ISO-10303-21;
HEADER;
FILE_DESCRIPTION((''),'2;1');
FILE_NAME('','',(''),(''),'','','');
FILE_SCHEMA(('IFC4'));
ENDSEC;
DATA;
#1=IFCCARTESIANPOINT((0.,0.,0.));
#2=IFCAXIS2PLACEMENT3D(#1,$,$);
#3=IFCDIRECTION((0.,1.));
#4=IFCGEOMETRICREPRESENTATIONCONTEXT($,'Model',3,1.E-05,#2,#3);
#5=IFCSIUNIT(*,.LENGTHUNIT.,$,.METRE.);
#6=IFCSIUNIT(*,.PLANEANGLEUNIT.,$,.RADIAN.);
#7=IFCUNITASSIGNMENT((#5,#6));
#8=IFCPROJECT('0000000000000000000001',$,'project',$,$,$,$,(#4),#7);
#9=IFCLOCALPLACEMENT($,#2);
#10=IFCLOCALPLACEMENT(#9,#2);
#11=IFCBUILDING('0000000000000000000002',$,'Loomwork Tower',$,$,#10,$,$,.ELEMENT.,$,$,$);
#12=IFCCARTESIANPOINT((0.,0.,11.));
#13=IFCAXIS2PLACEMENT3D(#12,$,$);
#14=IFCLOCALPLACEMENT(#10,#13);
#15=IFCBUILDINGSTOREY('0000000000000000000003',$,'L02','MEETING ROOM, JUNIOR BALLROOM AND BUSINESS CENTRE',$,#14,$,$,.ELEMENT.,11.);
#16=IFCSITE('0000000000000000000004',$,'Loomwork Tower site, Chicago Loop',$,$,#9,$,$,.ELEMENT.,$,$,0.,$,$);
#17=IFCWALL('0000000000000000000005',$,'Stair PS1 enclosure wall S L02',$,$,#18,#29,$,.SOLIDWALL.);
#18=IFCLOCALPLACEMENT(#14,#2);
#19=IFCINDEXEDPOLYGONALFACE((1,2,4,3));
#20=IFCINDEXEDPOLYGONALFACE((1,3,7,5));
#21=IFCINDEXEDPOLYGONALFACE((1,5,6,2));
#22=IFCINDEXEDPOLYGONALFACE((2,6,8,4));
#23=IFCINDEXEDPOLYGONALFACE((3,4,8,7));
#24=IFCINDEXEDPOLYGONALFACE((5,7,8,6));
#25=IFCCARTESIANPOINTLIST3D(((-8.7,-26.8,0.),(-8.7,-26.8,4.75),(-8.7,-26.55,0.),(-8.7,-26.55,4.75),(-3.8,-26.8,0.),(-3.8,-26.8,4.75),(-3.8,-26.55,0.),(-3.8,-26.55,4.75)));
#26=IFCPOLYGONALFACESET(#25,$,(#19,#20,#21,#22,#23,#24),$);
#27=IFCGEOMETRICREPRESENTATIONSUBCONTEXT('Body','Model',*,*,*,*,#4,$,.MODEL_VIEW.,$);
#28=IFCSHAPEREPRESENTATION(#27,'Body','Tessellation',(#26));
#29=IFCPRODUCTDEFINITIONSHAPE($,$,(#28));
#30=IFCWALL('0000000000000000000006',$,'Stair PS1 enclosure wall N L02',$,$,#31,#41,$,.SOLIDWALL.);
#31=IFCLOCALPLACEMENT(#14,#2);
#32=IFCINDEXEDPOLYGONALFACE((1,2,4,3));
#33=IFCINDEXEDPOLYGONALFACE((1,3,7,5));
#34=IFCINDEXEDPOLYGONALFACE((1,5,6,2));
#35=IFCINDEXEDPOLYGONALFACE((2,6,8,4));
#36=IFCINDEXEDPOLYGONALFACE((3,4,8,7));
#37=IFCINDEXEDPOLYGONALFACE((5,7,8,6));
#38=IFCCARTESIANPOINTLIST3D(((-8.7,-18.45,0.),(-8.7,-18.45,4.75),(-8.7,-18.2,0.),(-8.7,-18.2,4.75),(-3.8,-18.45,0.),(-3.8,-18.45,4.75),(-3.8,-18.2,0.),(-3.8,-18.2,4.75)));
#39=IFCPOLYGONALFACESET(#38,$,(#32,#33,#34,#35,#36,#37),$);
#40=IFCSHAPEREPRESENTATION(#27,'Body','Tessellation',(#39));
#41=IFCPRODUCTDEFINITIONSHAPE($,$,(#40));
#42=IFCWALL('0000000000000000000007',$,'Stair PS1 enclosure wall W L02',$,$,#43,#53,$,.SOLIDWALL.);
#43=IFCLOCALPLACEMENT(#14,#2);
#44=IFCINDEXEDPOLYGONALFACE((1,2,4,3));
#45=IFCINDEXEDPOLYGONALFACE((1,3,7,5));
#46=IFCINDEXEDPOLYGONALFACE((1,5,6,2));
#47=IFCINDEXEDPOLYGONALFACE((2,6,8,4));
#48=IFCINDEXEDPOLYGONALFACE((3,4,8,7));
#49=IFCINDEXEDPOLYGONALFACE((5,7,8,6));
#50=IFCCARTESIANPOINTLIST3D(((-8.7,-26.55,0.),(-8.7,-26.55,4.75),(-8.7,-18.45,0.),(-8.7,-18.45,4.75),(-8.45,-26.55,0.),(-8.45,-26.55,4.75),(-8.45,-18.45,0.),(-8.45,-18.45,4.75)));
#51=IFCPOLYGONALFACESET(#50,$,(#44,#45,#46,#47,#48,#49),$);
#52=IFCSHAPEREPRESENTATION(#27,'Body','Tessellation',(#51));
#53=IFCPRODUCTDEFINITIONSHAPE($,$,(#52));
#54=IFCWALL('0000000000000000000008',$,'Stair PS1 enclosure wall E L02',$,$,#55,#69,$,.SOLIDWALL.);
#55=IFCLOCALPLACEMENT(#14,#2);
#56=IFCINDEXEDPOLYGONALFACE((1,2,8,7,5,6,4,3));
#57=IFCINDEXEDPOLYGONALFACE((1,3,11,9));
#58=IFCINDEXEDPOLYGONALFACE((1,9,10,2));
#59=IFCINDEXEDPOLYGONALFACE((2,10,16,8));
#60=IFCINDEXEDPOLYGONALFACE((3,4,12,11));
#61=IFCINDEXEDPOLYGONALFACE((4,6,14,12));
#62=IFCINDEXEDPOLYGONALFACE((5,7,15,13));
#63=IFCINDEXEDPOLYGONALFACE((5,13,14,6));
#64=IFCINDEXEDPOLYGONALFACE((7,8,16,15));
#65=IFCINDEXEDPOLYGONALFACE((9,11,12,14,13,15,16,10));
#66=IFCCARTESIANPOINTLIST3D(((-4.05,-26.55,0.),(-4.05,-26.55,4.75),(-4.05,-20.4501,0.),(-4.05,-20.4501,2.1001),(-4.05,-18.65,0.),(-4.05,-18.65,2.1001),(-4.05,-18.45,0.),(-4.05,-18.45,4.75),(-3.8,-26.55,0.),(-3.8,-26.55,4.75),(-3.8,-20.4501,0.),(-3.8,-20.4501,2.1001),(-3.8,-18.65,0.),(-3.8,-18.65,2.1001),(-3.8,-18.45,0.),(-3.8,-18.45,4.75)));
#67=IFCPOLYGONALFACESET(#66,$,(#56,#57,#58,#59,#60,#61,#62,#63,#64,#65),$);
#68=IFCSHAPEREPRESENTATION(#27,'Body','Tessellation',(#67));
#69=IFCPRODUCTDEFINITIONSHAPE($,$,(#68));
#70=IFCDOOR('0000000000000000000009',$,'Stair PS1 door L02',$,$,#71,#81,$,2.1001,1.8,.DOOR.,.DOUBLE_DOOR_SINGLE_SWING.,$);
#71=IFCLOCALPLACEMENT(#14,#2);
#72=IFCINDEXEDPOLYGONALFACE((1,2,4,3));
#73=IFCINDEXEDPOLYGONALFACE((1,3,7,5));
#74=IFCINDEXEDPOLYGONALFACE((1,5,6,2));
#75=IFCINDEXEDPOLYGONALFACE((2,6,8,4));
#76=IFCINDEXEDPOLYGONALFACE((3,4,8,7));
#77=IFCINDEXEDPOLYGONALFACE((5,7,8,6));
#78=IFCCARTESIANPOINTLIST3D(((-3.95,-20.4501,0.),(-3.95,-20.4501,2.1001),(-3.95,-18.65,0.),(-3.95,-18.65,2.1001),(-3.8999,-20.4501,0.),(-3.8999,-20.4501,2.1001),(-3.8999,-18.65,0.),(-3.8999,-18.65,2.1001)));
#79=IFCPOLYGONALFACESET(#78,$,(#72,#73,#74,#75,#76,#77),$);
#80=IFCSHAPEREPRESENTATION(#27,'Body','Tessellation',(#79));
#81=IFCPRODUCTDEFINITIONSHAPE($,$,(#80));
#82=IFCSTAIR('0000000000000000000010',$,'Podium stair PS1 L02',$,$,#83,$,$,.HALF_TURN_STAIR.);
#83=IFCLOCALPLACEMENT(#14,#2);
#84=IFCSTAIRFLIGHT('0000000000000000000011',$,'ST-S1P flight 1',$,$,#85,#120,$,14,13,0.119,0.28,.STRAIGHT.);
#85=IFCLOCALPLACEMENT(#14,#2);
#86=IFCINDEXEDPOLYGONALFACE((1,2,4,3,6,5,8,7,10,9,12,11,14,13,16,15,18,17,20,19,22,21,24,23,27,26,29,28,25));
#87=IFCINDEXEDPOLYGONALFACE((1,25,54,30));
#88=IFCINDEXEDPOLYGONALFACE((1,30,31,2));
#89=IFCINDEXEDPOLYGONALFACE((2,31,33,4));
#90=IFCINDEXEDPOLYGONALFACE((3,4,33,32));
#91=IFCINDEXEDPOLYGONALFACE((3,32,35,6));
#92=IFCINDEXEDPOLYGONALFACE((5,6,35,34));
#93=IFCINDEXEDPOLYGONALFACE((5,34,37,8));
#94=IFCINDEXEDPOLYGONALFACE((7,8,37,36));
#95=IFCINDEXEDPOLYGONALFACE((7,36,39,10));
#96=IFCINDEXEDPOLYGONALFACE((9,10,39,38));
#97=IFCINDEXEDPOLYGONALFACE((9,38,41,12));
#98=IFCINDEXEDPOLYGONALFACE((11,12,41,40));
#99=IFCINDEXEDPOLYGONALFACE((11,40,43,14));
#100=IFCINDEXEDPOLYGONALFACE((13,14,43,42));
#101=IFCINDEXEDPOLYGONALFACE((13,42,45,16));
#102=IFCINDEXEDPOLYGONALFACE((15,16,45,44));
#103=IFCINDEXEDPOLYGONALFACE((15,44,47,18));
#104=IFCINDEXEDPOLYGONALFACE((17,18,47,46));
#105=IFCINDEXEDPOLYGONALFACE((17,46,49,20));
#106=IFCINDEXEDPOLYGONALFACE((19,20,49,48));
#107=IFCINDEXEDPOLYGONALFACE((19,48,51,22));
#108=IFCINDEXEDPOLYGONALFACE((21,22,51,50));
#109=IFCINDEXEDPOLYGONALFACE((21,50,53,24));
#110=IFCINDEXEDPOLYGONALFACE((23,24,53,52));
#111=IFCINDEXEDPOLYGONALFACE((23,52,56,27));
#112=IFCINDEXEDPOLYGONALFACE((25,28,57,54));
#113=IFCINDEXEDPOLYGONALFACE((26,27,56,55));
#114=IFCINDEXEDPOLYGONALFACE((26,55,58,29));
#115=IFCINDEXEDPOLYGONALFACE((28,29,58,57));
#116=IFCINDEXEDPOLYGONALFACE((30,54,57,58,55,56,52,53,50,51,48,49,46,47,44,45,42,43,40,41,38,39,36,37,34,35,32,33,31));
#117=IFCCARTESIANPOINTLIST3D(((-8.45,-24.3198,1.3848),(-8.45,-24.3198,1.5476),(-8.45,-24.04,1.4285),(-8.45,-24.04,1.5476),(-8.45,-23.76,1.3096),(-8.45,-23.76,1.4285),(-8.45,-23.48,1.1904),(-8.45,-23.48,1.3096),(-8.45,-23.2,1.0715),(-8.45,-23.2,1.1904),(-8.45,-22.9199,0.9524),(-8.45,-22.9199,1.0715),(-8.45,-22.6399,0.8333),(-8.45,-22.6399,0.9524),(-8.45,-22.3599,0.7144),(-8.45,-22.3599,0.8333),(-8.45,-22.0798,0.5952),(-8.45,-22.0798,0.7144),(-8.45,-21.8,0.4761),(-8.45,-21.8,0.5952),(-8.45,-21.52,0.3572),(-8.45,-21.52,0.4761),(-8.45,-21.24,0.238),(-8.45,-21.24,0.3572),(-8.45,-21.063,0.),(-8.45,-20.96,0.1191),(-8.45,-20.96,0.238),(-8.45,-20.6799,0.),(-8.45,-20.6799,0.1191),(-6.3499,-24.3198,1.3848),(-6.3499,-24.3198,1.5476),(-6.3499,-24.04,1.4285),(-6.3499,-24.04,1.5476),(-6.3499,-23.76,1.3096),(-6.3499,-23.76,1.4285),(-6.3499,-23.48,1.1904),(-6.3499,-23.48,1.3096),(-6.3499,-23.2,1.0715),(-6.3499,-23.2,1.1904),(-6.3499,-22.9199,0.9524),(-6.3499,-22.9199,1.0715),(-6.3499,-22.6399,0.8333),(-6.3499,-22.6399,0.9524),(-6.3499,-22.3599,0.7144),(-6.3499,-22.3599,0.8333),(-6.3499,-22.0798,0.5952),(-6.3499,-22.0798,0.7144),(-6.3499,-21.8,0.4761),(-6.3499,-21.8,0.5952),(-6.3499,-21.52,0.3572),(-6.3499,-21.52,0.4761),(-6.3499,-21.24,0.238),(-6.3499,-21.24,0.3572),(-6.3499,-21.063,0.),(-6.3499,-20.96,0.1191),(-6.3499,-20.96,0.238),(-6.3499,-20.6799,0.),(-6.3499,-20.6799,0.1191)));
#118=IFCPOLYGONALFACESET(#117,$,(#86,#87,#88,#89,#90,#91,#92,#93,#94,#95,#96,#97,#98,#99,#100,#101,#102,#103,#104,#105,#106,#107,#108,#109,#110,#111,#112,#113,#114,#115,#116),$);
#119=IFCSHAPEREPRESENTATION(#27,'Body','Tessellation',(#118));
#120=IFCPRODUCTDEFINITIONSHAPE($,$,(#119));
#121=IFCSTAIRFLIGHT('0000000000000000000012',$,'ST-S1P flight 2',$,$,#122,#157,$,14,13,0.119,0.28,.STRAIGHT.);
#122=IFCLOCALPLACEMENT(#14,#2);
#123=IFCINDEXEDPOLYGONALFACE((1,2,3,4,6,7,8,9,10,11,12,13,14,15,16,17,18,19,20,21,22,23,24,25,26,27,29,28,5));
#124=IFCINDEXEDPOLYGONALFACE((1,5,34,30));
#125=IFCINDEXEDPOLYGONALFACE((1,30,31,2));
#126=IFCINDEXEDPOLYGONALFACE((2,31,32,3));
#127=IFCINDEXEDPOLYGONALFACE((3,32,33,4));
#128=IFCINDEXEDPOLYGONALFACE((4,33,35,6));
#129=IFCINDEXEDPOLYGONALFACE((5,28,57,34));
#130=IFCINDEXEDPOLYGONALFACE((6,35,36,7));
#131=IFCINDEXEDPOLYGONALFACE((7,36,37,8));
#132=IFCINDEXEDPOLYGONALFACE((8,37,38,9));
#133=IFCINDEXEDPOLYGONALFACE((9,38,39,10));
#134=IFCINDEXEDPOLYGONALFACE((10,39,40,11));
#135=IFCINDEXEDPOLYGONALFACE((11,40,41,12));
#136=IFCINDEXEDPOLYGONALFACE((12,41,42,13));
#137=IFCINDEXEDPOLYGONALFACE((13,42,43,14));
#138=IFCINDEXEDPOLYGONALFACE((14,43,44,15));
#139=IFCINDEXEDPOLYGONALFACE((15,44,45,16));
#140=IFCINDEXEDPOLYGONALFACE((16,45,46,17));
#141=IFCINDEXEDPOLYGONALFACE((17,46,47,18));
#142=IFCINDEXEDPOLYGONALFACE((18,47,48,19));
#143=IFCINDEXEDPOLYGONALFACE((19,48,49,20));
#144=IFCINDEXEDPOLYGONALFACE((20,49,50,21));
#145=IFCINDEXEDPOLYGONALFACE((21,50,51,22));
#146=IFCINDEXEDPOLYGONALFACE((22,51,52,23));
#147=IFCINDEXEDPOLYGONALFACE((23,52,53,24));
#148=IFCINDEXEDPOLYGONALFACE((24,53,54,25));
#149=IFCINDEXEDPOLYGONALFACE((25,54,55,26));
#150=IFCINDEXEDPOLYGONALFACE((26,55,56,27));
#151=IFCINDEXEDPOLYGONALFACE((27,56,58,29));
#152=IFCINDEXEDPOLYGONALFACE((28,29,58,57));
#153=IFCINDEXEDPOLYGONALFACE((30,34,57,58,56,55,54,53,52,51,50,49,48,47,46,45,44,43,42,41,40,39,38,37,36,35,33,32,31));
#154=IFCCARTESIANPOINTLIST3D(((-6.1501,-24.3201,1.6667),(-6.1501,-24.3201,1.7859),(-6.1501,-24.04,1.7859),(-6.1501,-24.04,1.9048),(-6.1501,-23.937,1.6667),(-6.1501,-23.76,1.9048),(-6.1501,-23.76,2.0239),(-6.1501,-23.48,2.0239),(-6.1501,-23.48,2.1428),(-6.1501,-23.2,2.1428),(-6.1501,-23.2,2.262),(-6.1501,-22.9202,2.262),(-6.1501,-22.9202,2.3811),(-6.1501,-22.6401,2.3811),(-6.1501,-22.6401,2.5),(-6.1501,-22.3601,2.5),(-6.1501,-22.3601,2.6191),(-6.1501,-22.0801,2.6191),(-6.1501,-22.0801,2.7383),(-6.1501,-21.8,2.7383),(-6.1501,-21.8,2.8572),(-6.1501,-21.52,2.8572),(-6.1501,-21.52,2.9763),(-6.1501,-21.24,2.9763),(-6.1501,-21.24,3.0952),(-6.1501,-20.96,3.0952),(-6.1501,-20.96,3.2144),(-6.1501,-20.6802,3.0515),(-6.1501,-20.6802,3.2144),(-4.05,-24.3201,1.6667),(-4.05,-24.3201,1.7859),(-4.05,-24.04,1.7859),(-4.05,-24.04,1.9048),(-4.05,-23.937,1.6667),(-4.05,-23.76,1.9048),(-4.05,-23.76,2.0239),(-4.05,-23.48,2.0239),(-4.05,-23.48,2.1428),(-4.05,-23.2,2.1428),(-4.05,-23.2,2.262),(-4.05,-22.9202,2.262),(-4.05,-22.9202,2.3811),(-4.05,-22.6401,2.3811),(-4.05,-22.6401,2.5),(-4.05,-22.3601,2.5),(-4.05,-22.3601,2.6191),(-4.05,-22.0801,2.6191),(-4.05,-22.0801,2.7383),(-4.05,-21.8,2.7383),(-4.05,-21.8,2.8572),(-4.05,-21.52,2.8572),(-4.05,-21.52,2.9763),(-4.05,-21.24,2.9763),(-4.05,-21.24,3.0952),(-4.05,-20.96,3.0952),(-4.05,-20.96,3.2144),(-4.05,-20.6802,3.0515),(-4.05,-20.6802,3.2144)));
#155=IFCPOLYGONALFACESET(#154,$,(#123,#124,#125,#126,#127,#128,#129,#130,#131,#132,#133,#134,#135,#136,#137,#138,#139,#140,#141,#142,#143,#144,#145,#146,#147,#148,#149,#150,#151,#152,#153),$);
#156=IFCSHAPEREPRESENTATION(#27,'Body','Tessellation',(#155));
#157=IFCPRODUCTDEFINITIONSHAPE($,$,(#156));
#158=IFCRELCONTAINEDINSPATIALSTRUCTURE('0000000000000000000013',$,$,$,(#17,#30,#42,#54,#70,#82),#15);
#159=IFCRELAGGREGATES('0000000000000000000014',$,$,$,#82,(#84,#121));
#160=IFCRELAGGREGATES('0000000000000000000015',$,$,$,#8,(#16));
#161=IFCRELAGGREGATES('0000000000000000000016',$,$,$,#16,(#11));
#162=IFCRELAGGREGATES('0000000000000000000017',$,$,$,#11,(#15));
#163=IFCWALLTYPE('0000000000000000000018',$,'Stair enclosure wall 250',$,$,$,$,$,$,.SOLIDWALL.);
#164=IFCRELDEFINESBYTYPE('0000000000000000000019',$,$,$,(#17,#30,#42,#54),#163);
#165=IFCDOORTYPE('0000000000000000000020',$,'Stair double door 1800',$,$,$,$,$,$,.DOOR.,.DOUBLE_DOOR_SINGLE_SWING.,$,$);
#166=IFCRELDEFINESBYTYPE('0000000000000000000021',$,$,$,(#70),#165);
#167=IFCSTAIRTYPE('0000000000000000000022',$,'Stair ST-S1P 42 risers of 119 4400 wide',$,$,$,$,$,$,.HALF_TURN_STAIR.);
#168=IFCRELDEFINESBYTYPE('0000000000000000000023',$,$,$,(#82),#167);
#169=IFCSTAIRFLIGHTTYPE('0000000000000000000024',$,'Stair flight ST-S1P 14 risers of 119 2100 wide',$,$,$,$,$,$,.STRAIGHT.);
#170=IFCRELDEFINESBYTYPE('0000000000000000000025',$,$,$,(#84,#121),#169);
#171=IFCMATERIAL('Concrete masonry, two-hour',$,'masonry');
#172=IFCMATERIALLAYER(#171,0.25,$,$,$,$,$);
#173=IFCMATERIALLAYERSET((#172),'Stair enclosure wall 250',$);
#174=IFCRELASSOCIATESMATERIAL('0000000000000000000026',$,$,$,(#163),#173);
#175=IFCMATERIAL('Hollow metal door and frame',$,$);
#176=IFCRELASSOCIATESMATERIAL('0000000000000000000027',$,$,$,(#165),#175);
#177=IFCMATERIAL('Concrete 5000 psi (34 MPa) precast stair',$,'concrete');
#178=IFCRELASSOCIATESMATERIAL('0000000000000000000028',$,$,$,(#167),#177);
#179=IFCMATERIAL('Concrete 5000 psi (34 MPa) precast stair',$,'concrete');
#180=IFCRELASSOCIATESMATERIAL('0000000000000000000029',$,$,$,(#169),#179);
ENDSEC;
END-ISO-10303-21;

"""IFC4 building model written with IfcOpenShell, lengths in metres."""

from ifc_helpers import new_model, si_unit, direction, frame, frame_2d, origin, place, context, subcontext, project, spatial, polyline, rectangle, outline, extrude, material, layer, layer_set, type_object, element, fill, aggregate, save


model = new_model("IFC4")

# Units and contexts
model_context = context("Model", 3, precision=1e-05, world=origin(), true_north=direction((0.0, 1.0)))
body_context = subcontext(model_context, "Body", "Model", "MODEL_VIEW")
ifc_project = project(units=[si_unit("LENGTHUNIT", "METRE"), si_unit("PLANEANGLEUNIT", "RADIAN")], contexts=[model_context])

# Site, building, storey
site_placement = place(None, origin())
site = spatial("IfcSite", under=ifc_project, at=site_placement, Name="Loomwork Tower site, Chicago Loop", CompositionType="ELEMENT", RefElevation=0.0)
building_placement = place(site_placement, origin())
building = spatial("IfcBuilding", under=site, at=building_placement, Name="Loomwork Tower", CompositionType="ELEMENT")
storey_placement = place(building_placement, frame((0.0, 0.0, 11.0)))
storey = spatial("IfcBuildingStorey", under=building, at=storey_placement, Name="L02", Description="MEETING ROOM, JUNIOR BALLROOM AND BUSINESS CENTRE", CompositionType="ELEMENT", Elevation=11.0)

# Walls
ifc_material_1 = material(Name="Concrete masonry, two-hour", Category="masonry")
ifc_layer_1 = layer(ifc_material_1, 0.25)
ifc_layer_set_1 = layer_set([ifc_layer_1], Name="Stair enclosure wall 250")
wall_type_1 = type_object("IfcWallType", Name="Stair enclosure wall 250", PredefinedType="SOLIDWALL", material=ifc_layer_set_1)
for number, where, z_axis, x_axis, name in (
    (1, (-8.7, -26.675, 0.0), (0.0, 0.0, 1.0), (1.0, 0.0, 0.0), "Stair PS1 enclosure wall S L02"),
    (2, (-8.7, -18.325, 0.0), (0.0, 0.0, 1.0), (1.0, 0.0, 0.0), "Stair PS1 enclosure wall N L02"),
):
    element("IfcWall", number, at=place(storey_placement, frame(where, z_axis=z_axis, x_axis=x_axis)), inside=storey, type_object=wall_type_1, Name=name, PredefinedType="SOLIDWALL", context=body_context, shape_type="SweptSolid", body=[
        extrude(rectangle(XDim=4.8999, YDim=0.25, at=frame_2d((2.45, 0.0))), origin(), (0.0, 0.0, 1.0), 4.75),
    ])
wall_1_placement = place(storey_placement, frame((-8.575, -26.55, 0.0), z_axis=(0.0, 0.0, 1.0), x_axis=(0.0, 1.0, 0.0)))
element("IfcWall", 3, at=wall_1_placement, inside=storey, type_object=wall_type_1, Name="Stair PS1 enclosure wall W L02", PredefinedType="SOLIDWALL", context=body_context, shape_type="SweptSolid", body=[
    extrude(rectangle(XDim=8.1001, YDim=0.25, at=frame_2d((4.05, 0.0))), origin(), (0.0, 0.0, 1.0), 4.75),
])

# Wall, opening, door
wall_2_placement = place(storey_placement, frame((-3.925, -26.55, 0.0), z_axis=(0.0, 0.0, 1.0), x_axis=(0.0, 1.0, 0.0)))
wall_2 = element("IfcWall", 4, at=wall_2_placement, inside=storey, type_object=wall_type_1, Name="Stair PS1 enclosure wall E L02", PredefinedType="SOLIDWALL", context=body_context, shape_type="SweptSolid", body=[
    extrude(rectangle(XDim=8.1001, YDim=0.25, at=frame_2d((4.05, 0.0))), origin(), (0.0, 0.0, 1.0), 4.75),
])
opening_1_placement = place(wall_2_placement, frame((6.1001, 0.0, 0.0)))
opening_1 = element("IfcOpeningElement", 5, at=opening_1_placement, cuts=wall_2, PredefinedType="OPENING", context=body_context, shape_type="SweptSolid", body=[
    extrude(rectangle(XDim=1.8, YDim=2.1001, at=frame_2d((0.8999, 1.05))), frame((0.0, 0.135, 0.0), z_axis=(0.0, -1.0, 0.0), x_axis=(1.0, 0.0, 0.0)), (0.0, 0.0, 1.0), 0.27),
])
ifc_material_2 = material(Name="Hollow metal door and frame")
door_type = type_object("IfcDoorType", Name="Stair double door 1800", OperationType="DOUBLE_DOOR_SINGLE_SWING", PredefinedType="DOOR", material=ifc_material_2)
door_placement = place(opening_1_placement, origin())
door = element("IfcDoor", 6, at=door_placement, inside=storey, type_object=door_type, Name="Stair PS1 door L02", OperationType="DOUBLE_DOOR_SINGLE_SWING", OverallHeight=2.1001, OverallWidth=1.8, PredefinedType="DOOR", context=body_context, shape_type="SweptSolid", body=[
    extrude(rectangle(XDim=1.8, YDim=2.1001, at=frame_2d((0.8999, 1.05))), frame((0.0, 0.0249, 0.0), z_axis=(0.0, -1.0, 0.0), x_axis=(1.0, 0.0, 0.0)), (0.0, 0.0, 1.0), 0.05),
])
fill(opening_1, door)

# Stair, stair flights
ifc_material_3 = material(Name="Concrete 5000 psi (34 MPa) precast stair", Category="concrete")
stair_type = type_object("IfcStairType", Name="Stair ST-S1P 42 risers of 119 4400 wide", PredefinedType="HALF_TURN_STAIR", material=ifc_material_3)
stair_placement = place(storey_placement, origin())
stair = element("IfcStair", 7, at=stair_placement, inside=storey, type_object=stair_type, Name="Podium stair PS1 L02", PredefinedType="HALF_TURN_STAIR")
ifc_material_4 = material(Name="Concrete 5000 psi (34 MPa) precast stair", Category="concrete")
stair_flight_type = type_object("IfcStairFlightType", Name="Stair flight ST-S1P 14 risers of 119 2100 wide", PredefinedType="STRAIGHT", material=ifc_material_4)
stair_flight_1_placement = place(storey_placement, frame((-7.3999, -20.6799, 0.0), z_axis=(0.0, 0.0, 1.0), x_axis=(0.0, -1.0, 0.0)))
stair_flight_1 = element("IfcStairFlight", 8, at=stair_flight_1_placement, type_object=stair_flight_type, Name="ST-S1P flight 1", NumberOfRisers=14, NumberOfTreads=13, PredefinedType="STRAIGHT", RiserHeight=0.119, TreadLength=0.28, context=body_context, shape_type="SweptSolid", body=[
    extrude(outline(polyline([(0.0, 0.0), (0.0, 0.1191), (0.28, 0.1191), (0.28, 0.238), (0.5601, 0.238), (0.5601, 0.3572), (0.8401, 0.3572), (0.8401, 0.4761), (1.1201, 0.4761), (1.1201, 0.5952), (1.3999, 0.5952), (1.3999, 0.7144), (1.6799, 0.7144), (1.6799, 0.8333), (1.96, 0.8333), (1.96, 0.9524), (2.24, 0.9524), (2.24, 1.0715), (2.52, 1.0715), (2.52, 1.1904), (2.8, 1.1904), (2.8, 1.3096), (3.0801, 1.3096), (3.0801, 1.4285), (3.3601, 1.4285), (3.3601, 1.5476), (3.6399, 1.5476), (3.6399, 1.6667), (3.6399, 1.3848), (0.3831, 0.0), (0.0, 0.0)])), frame((0.0, 1.05, 0.0), z_axis=(0.0, -1.0, 0.0), x_axis=(1.0, 0.0, 0.0)), (0.0, 0.0, 1.0), 2.1001),
])
stair_flight_2_placement = place(storey_placement, frame((-5.1001, -24.3201, 1.6667), z_axis=(0.0, 0.0, 1.0), x_axis=(0.0, 1.0, 0.0)))
stair_flight_2 = element("IfcStairFlight", 9, at=stair_flight_2_placement, type_object=stair_flight_type, Name="ST-S1P flight 2", NumberOfRisers=14, NumberOfTreads=13, PredefinedType="STRAIGHT", RiserHeight=0.119, TreadLength=0.28, context=body_context, shape_type="SweptSolid", body=[
    extrude(outline(polyline([(0.0, 0.0), (0.0, 0.1191), (0.28, 0.1191), (0.28, 0.238), (0.5601, 0.238), (0.5601, 0.3572), (0.8401, 0.3572), (0.8401, 0.4761), (1.1201, 0.4761), (1.1201, 0.5952), (1.3999, 0.5952), (1.3999, 0.7144), (1.6799, 0.7144), (1.6799, 0.8333), (1.96, 0.8333), (1.96, 0.9524), (2.24, 0.9524), (2.24, 1.0715), (2.52, 1.0715), (2.52, 1.1904), (2.8, 1.1904), (2.8, 1.3096), (3.0801, 1.3096), (3.0801, 1.4285), (3.3601, 1.4285), (3.3601, 1.5476), (3.6399, 1.5476), (3.6399, 1.6667), (3.6399, 1.3848), (0.3831, 0.0), (0.0, 0.0)])), frame((0.0, 1.05, 0.0), z_axis=(0.0, -1.0, 0.0), x_axis=(1.0, 0.0, 0.0)), (0.0, 0.0, 1.0), 2.1001),
])
aggregate(stair, [stair_flight_1, stair_flight_2])

save(model, "model.ifc")
